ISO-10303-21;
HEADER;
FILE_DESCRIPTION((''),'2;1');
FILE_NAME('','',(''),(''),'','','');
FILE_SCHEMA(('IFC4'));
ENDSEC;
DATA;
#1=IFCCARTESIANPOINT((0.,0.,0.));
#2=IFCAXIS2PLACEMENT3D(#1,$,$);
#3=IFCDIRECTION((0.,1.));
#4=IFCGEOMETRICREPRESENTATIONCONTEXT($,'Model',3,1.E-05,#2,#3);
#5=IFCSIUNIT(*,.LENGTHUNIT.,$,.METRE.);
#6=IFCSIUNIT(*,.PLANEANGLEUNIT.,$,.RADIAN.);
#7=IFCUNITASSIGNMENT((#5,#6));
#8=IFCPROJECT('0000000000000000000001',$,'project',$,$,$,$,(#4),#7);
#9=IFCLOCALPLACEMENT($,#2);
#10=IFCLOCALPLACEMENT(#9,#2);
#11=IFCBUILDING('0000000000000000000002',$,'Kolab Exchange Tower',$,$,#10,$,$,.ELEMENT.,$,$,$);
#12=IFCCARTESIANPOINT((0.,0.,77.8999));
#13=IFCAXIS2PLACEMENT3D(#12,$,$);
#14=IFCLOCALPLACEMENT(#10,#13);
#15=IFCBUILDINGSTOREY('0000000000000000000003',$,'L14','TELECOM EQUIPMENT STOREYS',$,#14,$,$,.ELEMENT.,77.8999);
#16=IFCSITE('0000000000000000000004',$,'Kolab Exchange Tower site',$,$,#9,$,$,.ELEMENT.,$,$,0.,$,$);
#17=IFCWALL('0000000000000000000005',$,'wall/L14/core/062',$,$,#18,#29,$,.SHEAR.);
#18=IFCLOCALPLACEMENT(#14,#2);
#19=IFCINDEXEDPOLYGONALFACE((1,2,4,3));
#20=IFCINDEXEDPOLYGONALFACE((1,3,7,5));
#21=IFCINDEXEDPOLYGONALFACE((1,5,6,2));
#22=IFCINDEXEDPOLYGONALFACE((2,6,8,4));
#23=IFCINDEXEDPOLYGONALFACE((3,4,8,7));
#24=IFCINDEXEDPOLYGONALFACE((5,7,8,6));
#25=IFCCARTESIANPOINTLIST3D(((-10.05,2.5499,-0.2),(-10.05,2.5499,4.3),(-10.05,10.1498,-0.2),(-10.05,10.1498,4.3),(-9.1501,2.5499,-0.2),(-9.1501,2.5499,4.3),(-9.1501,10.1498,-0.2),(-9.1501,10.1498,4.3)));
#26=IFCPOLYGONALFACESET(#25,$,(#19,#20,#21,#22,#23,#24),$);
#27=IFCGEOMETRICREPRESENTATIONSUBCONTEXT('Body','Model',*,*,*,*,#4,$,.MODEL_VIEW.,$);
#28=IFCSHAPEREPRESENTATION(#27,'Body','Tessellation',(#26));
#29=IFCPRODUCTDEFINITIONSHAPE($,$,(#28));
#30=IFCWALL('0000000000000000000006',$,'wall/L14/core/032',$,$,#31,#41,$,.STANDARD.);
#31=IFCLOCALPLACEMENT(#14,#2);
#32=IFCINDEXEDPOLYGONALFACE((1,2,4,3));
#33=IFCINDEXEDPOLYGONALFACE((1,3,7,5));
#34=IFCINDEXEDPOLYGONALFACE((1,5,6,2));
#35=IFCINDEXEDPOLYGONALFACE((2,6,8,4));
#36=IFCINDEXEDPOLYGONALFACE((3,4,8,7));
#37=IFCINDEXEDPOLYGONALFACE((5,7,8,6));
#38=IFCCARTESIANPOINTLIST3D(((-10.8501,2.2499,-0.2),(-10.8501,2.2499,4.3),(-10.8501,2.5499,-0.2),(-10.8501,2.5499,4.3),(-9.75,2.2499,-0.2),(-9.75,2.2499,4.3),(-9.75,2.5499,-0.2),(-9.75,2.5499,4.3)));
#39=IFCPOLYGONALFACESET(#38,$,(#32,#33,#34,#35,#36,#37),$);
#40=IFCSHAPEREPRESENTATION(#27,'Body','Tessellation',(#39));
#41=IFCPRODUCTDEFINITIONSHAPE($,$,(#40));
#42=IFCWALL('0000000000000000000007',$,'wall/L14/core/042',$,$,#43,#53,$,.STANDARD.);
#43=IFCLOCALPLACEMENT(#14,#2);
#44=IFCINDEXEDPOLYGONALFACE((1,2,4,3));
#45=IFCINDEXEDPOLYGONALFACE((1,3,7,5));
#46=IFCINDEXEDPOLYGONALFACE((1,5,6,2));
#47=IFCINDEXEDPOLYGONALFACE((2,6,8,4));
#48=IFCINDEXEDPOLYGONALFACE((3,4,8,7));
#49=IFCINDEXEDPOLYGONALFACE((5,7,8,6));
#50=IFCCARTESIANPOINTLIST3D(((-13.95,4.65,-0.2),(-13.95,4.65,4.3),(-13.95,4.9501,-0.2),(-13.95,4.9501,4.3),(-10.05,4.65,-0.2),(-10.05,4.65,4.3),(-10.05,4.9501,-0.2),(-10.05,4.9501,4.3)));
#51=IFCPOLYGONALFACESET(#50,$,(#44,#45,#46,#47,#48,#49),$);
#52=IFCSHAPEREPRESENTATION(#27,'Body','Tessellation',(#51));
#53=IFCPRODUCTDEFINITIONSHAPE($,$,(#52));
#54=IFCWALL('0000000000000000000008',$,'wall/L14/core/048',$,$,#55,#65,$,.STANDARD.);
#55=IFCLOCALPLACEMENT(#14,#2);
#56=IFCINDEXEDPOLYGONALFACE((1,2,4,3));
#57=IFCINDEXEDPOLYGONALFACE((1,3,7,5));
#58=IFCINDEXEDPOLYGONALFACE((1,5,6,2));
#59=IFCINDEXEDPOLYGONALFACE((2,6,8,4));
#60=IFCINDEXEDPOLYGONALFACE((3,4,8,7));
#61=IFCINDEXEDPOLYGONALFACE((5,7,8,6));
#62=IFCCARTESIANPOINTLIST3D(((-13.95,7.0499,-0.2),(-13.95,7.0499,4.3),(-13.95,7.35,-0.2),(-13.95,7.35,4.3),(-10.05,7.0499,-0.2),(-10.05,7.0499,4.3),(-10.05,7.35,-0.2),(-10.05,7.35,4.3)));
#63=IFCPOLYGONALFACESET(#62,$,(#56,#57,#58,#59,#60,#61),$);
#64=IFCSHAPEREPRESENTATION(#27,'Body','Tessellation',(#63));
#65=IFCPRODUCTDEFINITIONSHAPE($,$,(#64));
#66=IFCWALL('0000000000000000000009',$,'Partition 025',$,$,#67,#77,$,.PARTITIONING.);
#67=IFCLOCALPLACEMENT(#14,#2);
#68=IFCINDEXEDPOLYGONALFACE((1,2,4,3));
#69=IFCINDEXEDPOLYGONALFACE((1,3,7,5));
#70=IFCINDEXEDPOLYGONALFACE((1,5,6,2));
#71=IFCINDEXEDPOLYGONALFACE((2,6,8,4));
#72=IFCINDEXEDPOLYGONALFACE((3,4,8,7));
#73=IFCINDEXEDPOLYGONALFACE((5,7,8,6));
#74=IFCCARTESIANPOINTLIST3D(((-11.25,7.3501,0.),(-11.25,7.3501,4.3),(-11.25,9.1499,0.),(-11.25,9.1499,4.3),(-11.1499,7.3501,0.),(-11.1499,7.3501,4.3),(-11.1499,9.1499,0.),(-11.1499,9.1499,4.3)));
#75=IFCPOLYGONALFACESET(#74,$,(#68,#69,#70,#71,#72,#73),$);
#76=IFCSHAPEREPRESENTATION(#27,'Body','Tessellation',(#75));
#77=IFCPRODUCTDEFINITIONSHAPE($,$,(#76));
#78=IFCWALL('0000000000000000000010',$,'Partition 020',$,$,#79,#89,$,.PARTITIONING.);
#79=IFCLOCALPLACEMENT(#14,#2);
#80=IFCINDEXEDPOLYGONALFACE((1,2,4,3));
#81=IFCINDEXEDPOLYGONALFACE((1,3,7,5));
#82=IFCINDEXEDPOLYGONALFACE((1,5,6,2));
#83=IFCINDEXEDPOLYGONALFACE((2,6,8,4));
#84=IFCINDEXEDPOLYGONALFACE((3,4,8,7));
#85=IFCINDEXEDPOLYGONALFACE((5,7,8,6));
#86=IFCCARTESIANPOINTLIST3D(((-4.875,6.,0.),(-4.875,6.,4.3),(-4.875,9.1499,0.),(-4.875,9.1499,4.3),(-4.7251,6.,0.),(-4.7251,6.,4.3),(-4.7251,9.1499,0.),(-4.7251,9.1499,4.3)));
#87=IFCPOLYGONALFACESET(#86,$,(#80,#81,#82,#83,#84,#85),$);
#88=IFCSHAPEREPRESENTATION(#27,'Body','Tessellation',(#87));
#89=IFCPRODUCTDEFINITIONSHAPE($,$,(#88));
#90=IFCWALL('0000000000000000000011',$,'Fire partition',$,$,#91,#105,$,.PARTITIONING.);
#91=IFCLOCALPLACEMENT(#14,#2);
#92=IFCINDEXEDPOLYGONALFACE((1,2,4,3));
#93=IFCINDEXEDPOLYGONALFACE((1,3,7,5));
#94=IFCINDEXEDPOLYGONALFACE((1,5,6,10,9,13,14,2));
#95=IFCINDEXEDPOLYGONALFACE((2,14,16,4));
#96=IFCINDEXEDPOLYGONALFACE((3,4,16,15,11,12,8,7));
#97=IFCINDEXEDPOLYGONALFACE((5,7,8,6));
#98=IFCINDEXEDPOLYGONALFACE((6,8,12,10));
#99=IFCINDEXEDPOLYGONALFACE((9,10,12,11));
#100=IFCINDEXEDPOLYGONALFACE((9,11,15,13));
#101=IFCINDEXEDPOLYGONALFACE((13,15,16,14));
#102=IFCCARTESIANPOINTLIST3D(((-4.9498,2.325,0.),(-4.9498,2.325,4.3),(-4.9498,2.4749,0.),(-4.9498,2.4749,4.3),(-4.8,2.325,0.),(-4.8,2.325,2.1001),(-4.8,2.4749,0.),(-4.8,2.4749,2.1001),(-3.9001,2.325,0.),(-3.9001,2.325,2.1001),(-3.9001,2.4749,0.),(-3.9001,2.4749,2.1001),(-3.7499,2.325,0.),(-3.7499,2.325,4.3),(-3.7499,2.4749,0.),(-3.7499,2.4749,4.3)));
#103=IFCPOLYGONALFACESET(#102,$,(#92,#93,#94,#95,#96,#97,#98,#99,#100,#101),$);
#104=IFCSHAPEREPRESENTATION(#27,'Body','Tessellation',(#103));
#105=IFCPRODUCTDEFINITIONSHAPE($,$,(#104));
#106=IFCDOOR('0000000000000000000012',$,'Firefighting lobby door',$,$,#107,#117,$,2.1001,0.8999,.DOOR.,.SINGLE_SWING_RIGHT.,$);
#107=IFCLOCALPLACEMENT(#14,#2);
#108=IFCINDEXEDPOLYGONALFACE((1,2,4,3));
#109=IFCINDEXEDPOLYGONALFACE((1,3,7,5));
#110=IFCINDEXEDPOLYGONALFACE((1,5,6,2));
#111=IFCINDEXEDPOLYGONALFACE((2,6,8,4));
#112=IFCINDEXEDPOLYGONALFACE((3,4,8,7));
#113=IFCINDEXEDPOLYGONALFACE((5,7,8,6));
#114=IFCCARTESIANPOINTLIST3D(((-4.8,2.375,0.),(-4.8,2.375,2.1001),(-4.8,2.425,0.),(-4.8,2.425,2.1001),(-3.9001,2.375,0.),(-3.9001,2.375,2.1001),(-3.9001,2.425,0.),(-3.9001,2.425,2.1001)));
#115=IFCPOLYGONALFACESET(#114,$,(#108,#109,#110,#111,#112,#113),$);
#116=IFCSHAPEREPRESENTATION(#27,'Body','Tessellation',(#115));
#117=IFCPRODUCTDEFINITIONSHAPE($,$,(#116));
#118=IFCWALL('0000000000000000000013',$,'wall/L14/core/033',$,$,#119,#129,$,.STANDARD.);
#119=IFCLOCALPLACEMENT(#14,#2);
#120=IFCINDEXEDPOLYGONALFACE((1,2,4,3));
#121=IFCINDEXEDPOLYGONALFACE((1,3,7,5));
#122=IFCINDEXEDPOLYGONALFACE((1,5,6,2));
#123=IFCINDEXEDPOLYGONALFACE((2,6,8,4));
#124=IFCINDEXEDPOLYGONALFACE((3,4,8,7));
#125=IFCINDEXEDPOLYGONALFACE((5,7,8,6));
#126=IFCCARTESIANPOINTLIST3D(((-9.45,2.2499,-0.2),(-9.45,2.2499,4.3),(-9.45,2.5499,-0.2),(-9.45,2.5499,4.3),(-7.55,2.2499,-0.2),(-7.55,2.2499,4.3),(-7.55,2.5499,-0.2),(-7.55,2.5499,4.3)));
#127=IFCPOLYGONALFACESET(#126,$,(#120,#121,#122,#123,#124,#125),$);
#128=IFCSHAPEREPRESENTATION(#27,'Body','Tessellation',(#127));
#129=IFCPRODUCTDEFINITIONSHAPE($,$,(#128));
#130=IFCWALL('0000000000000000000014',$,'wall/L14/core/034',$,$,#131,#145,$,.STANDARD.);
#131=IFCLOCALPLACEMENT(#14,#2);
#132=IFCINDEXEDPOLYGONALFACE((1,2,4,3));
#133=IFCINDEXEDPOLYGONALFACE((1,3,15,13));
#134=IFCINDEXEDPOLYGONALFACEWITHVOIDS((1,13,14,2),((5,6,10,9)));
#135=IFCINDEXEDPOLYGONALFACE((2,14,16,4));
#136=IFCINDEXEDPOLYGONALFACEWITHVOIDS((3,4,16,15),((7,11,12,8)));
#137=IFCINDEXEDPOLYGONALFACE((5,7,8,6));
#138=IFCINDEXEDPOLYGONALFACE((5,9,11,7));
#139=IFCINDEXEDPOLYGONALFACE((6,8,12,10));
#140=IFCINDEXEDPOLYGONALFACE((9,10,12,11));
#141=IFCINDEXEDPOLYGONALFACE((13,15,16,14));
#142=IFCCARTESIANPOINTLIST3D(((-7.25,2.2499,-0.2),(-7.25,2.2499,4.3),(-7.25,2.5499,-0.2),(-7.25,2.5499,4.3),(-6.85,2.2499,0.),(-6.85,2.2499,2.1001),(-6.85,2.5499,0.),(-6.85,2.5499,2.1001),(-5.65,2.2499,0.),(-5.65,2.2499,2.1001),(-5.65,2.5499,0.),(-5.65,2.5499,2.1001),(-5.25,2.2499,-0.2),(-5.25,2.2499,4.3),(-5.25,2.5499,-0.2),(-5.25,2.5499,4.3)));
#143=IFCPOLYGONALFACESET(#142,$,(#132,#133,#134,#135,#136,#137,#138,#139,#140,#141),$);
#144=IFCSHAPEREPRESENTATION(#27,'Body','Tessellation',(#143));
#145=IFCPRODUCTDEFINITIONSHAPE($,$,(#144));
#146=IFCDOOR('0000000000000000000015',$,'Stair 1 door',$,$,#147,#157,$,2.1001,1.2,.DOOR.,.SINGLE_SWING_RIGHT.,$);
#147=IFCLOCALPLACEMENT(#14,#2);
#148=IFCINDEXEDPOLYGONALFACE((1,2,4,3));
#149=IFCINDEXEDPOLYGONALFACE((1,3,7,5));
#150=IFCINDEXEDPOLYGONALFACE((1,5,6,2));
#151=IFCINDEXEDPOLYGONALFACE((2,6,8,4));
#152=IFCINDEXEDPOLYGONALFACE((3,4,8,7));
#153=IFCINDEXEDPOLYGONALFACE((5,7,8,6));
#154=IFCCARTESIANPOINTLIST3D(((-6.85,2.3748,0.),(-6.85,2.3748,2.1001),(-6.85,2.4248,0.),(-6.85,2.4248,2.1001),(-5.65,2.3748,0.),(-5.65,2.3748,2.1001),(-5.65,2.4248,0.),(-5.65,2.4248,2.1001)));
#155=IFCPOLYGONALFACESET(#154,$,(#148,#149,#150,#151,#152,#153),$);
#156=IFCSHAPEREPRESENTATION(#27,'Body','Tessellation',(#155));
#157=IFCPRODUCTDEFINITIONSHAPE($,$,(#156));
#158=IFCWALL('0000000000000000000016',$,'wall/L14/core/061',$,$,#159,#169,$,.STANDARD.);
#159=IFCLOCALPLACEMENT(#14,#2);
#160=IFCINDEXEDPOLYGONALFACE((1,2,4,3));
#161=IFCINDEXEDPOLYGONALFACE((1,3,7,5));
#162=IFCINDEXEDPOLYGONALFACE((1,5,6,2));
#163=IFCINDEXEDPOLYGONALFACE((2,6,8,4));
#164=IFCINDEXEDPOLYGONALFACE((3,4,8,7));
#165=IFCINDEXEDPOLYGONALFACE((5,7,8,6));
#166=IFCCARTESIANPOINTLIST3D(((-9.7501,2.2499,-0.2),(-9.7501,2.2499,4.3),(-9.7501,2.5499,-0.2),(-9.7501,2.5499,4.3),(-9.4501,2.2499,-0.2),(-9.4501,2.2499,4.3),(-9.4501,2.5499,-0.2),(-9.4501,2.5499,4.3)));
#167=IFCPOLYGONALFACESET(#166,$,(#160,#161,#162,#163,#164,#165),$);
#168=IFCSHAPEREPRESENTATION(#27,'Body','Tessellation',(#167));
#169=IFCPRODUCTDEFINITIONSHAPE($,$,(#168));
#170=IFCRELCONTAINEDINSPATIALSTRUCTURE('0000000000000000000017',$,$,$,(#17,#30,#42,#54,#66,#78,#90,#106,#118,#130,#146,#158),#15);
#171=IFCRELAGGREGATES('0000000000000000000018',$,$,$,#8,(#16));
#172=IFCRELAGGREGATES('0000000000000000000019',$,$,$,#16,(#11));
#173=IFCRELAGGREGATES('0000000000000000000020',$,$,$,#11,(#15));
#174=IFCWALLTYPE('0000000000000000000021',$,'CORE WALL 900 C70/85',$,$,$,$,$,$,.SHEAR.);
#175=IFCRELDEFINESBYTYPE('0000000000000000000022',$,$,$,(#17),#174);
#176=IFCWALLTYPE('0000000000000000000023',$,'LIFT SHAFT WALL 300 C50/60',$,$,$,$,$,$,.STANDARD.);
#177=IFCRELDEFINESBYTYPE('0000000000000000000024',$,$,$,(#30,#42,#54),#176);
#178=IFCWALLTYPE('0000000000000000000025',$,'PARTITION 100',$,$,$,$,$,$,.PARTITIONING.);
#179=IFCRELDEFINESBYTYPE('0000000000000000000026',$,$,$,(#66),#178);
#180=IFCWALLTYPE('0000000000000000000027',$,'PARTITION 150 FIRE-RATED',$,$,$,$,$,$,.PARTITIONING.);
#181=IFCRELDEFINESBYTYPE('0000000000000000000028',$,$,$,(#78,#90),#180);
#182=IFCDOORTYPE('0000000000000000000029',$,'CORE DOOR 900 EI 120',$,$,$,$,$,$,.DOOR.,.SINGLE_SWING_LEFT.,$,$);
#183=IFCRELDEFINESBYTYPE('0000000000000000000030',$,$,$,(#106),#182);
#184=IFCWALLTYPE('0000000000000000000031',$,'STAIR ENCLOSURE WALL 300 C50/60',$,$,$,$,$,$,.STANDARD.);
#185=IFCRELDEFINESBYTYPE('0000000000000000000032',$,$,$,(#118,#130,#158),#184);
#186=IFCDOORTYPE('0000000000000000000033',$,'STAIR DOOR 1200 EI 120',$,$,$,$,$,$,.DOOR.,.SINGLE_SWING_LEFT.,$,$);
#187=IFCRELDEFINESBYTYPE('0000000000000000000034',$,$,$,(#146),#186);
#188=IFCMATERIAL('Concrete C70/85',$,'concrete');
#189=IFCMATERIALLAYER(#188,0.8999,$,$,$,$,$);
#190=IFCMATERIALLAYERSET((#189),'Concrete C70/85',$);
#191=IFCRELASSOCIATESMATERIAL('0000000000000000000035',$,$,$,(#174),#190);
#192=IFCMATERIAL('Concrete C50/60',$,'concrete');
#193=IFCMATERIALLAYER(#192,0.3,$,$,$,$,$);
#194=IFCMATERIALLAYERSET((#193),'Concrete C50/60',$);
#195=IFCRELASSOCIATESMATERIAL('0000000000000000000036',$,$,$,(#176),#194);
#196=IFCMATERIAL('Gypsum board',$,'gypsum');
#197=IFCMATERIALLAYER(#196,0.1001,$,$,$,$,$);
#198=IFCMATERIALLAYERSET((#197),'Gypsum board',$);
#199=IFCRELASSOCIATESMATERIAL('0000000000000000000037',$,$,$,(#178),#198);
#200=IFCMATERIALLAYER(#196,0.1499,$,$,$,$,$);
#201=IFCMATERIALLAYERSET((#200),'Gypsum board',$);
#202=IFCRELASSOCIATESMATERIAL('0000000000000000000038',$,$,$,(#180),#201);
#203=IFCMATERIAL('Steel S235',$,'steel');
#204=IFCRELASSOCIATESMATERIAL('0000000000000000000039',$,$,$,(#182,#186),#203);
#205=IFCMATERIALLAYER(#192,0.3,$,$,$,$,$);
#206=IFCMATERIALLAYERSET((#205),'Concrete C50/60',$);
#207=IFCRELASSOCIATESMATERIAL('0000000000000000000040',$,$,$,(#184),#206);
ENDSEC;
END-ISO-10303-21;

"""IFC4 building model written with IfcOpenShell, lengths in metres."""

from ifc_helpers import new_model, si_unit, direction, frame, frame_2d, origin, place, context, subcontext, project, spatial, rectangle, extrude, material, layer, layer_set, type_object, element, fill, save


model = new_model("IFC4")

# Units and contexts
model_context = context("Model", 3, precision=1e-05, world=origin(), true_north=direction((0.0, 1.0)))
body_context = subcontext(model_context, "Body", "Model", "MODEL_VIEW")
ifc_project = project(units=[si_unit("LENGTHUNIT", "METRE"), si_unit("PLANEANGLEUNIT", "RADIAN")], contexts=[model_context])

# Site, building, storey
site_placement = place(None, origin())
site = spatial("IfcSite", under=ifc_project, at=site_placement, Name="Kolab Exchange Tower site", CompositionType="ELEMENT", RefElevation=0.0)
building_placement = place(site_placement, origin())
building = spatial("IfcBuilding", under=site, at=building_placement, Name="Kolab Exchange Tower", CompositionType="ELEMENT")
storey_placement = place(building_placement, frame((0.0, 0.0, 77.8999)))
storey = spatial("IfcBuildingStorey", under=building, at=storey_placement, Name="L14", Description="TELECOM EQUIPMENT STOREYS", CompositionType="ELEMENT", Elevation=77.8999)

# Walls
ifc_material_1 = material(Name="Concrete C70/85", Category="concrete")
ifc_layer_1 = layer(ifc_material_1, 0.8999)
ifc_layer_set_1 = layer_set([ifc_layer_1], Name="Concrete C70/85")
wall_type_1 = type_object("IfcWallType", Name="CORE WALL 900 C70/85", PredefinedType="SHEAR", material=ifc_layer_set_1)
wall_1_placement = place(storey_placement, frame((-9.6001, 2.55, -0.2), z_axis=(0.0, 0.0, 1.0), x_axis=(0.0, 1.0, 0.0)))
element("IfcWall", 1, at=wall_1_placement, inside=storey, type_object=wall_type_1, Name="wall/L14/core/062", PredefinedType="SHEAR", context=body_context, shape_type="SweptSolid", body=[
    extrude(rectangle(XDim=7.5999, YDim=0.8999, at=frame_2d((3.7998, 0.0))), origin(), (0.0, 0.0, 1.0), 4.5),
])
ifc_material_2 = material(Name="Concrete C50/60", Category="concrete")
ifc_layer_2 = layer(ifc_material_2, 0.3)
ifc_layer_set_2 = layer_set([ifc_layer_2], Name="Concrete C50/60")
wall_type_2 = type_object("IfcWallType", Name="LIFT SHAFT WALL 300 C50/60", PredefinedType="STANDARD", material=ifc_layer_set_2)
wall_2_placement = place(storey_placement, frame((-10.8501, 2.3999, -0.2), z_axis=(0.0, 0.0, 1.0), x_axis=(1.0, 0.0, 0.0)))
element("IfcWall", 2, at=wall_2_placement, inside=storey, type_object=wall_type_2, Name="wall/L14/core/032", PredefinedType="STANDARD", context=body_context, shape_type="SweptSolid", body=[
    extrude(rectangle(XDim=1.1001, YDim=0.3, at=frame_2d((0.55, 0.0))), origin(), (0.0, 0.0, 1.0), 4.5),
])
for number, where, z_axis, x_axis, name in (
    (3, (-13.95, 4.8, -0.2), (0.0, 0.0, 1.0), (1.0, 0.0, 0.0), "wall/L14/core/042"),
    (4, (-13.95, 7.2, -0.2), (0.0, 0.0, 1.0), (1.0, 0.0, 0.0), "wall/L14/core/048"),
):
    element("IfcWall", number, at=place(storey_placement, frame(where, z_axis=z_axis, x_axis=x_axis)), inside=storey, type_object=wall_type_2, Name=name, PredefinedType="STANDARD", context=body_context, shape_type="SweptSolid", body=[
        extrude(rectangle(XDim=3.8999, YDim=0.3, at=frame_2d((1.95, 0.0))), origin(), (0.0, 0.0, 1.0), 4.5),
    ])
ifc_material_3 = material(Name="Gypsum board", Category="gypsum")
ifc_layer_3 = layer(ifc_material_3, 0.1001)
ifc_layer_set_3 = layer_set([ifc_layer_3], Name="Gypsum board")
wall_type_3 = type_object("IfcWallType", Name="PARTITION 100", PredefinedType="PARTITIONING", material=ifc_layer_set_3)
wall_3_placement = place(storey_placement, frame((-11.2, 7.3501, 0.0), z_axis=(0.0, 0.0, 1.0), x_axis=(0.0, 1.0, 0.0)))
element("IfcWall", 5, at=wall_3_placement, inside=storey, type_object=wall_type_3, Name="Partition 025", PredefinedType="PARTITIONING", context=body_context, shape_type="SweptSolid", body=[
    extrude(rectangle(XDim=1.7998, YDim=0.1001, at=frame_2d((0.8999, 0.0))), origin(), (0.0, 0.0, 1.0), 4.3),
])
ifc_layer_4 = layer(ifc_material_3, 0.1499)
ifc_layer_set_4 = layer_set([ifc_layer_4], Name="Gypsum board")
wall_type_4 = type_object("IfcWallType", Name="PARTITION 150 FIRE-RATED", PredefinedType="PARTITIONING", material=ifc_layer_set_4)
wall_4_placement = place(storey_placement, frame((-4.8, 6.0, 0.0), z_axis=(0.0, 0.0, 1.0), x_axis=(0.0, 1.0, 0.0)))
element("IfcWall", 6, at=wall_4_placement, inside=storey, type_object=wall_type_4, Name="Partition 020", PredefinedType="PARTITIONING", context=body_context, shape_type="SweptSolid", body=[
    extrude(rectangle(XDim=3.1499, YDim=0.1499, at=frame_2d((1.575, 0.0))), origin(), (0.0, 0.0, 1.0), 4.3),
])

# Wall, opening, door
wall_5_placement = place(storey_placement, frame((-4.95, 2.3999, 0.0), z_axis=(0.0, 0.0, 1.0), x_axis=(1.0, 0.0, 0.0)))
wall_5 = element("IfcWall", 7, at=wall_5_placement, inside=storey, type_object=wall_type_4, Name="Fire partition", PredefinedType="PARTITIONING", context=body_context, shape_type="SweptSolid", body=[
    extrude(rectangle(XDim=1.2, YDim=0.1499, at=frame_2d((0.6001, 0.0))), origin(), (0.0, 0.0, 1.0), 4.3),
])
opening_1_placement = place(wall_5_placement, frame((0.1499, 0.0, 0.0)))
opening_1 = element("IfcOpeningElement", 8, at=opening_1_placement, cuts=wall_5, PredefinedType="OPENING", context=body_context, shape_type="SweptSolid", body=[
    extrude(rectangle(XDim=0.8999, YDim=2.1001, at=frame_2d((0.45, 1.05))), frame((0.0, 0.085, 0.0), z_axis=(0.0, -1.0, 0.0), x_axis=(1.0, 0.0, 0.0)), (0.0, 0.0, 1.0), 0.1699),
])
ifc_material_4 = material(Name="Steel S235", Category="steel")
door_type_1 = type_object("IfcDoorType", Name="CORE DOOR 900 EI 120", OperationType="SINGLE_SWING_LEFT", PredefinedType="DOOR", material=ifc_material_4)
door_1_placement = place(opening_1_placement, frame((0.8999, 0.0, 0.0), z_axis=(0.0, 0.0, 1.0), x_axis=(-1.0, 0.0, 0.0)))
door_1 = element("IfcDoor", 9, at=door_1_placement, inside=storey, type_object=door_type_1, Name="Firefighting lobby door", OperationType="SINGLE_SWING_RIGHT", OverallHeight=2.1001, OverallWidth=0.8999, PredefinedType="DOOR", context=body_context, shape_type="SweptSolid", body=[
    extrude(rectangle(XDim=0.8999, YDim=2.1001, at=frame_2d((0.45, 1.05))), frame((0.0, 0.0249, 0.0), z_axis=(0.0, -1.0, 0.0), x_axis=(1.0, 0.0, 0.0)), (0.0, 0.0, 1.0), 0.05),
])
fill(opening_1, door_1)

# Wall
ifc_layer_5 = layer(ifc_material_2, 0.3)
ifc_layer_set_5 = layer_set([ifc_layer_5], Name="Concrete C50/60")
wall_type_5 = type_object("IfcWallType", Name="STAIR ENCLOSURE WALL 300 C50/60", PredefinedType="STANDARD", material=ifc_layer_set_5)
wall_6_placement = place(storey_placement, frame((-9.45, 2.3999, -0.2), z_axis=(0.0, 0.0, 1.0), x_axis=(1.0, 0.0, 0.0)))
element("IfcWall", 10, at=wall_6_placement, inside=storey, type_object=wall_type_5, Name="wall/L14/core/033", PredefinedType="STANDARD", context=body_context, shape_type="SweptSolid", body=[
    extrude(rectangle(XDim=1.8999, YDim=0.3, at=frame_2d((0.95, 0.0))), origin(), (0.0, 0.0, 1.0), 4.5),
])

# Wall, opening, door
wall_7_placement = place(storey_placement, frame((-7.25, 2.3999, -0.2), z_axis=(0.0, 0.0, 1.0), x_axis=(1.0, 0.0, 0.0)))
wall_7 = element("IfcWall", 11, at=wall_7_placement, inside=storey, type_object=wall_type_5, Name="wall/L14/core/034", PredefinedType="STANDARD", context=body_context, shape_type="SweptSolid", body=[
    extrude(rectangle(XDim=2.0, YDim=0.3, at=frame_2d((1.0, 0.0))), origin(), (0.0, 0.0, 1.0), 4.5),
])
opening_2_placement = place(wall_7_placement, frame((0.3999, 0.0, 0.2)))
opening_2 = element("IfcOpeningElement", 12, at=opening_2_placement, cuts=wall_7, PredefinedType="OPENING", context=body_context, shape_type="SweptSolid", body=[
    extrude(rectangle(XDim=1.2, YDim=2.1001, at=frame_2d((0.6001, 1.05))), frame((0.0, 0.1602, 0.0), z_axis=(0.0, -1.0, 0.0), x_axis=(1.0, 0.0, 0.0)), (0.0, 0.0, 1.0), 0.3201),
])
door_type_2 = type_object("IfcDoorType", Name="STAIR DOOR 1200 EI 120", OperationType="SINGLE_SWING_LEFT", PredefinedType="DOOR", material=ifc_material_4)
door_2_placement = place(opening_2_placement, origin())
door_2 = element("IfcDoor", 13, at=door_2_placement, inside=storey, type_object=door_type_2, Name="Stair 1 door", OperationType="SINGLE_SWING_RIGHT", OverallHeight=2.1001, OverallWidth=1.2, PredefinedType="DOOR", context=body_context, shape_type="SweptSolid", body=[
    extrude(rectangle(XDim=1.2, YDim=2.1001, at=frame_2d((0.6001, 1.05))), frame((0.0, 0.0249, 0.0), z_axis=(0.0, -1.0, 0.0), x_axis=(1.0, 0.0, 0.0)), (0.0, 0.0, 1.0), 0.05),
])
fill(opening_2, door_2)

# Wall
wall_8_placement = place(storey_placement, frame((-9.6001, 2.25, -0.2), z_axis=(0.0, 0.0, 1.0), x_axis=(0.0, 1.0, 0.0)))
element("IfcWall", 14, at=wall_8_placement, inside=storey, type_object=wall_type_5, Name="wall/L14/core/061", PredefinedType="STANDARD", context=body_context, shape_type="SweptSolid", body=[
    extrude(rectangle(XDim=0.3, YDim=0.3, at=frame_2d((0.1499, 0.0))), origin(), (0.0, 0.0, 1.0), 4.5),
])

save(model, "model.ifc")
